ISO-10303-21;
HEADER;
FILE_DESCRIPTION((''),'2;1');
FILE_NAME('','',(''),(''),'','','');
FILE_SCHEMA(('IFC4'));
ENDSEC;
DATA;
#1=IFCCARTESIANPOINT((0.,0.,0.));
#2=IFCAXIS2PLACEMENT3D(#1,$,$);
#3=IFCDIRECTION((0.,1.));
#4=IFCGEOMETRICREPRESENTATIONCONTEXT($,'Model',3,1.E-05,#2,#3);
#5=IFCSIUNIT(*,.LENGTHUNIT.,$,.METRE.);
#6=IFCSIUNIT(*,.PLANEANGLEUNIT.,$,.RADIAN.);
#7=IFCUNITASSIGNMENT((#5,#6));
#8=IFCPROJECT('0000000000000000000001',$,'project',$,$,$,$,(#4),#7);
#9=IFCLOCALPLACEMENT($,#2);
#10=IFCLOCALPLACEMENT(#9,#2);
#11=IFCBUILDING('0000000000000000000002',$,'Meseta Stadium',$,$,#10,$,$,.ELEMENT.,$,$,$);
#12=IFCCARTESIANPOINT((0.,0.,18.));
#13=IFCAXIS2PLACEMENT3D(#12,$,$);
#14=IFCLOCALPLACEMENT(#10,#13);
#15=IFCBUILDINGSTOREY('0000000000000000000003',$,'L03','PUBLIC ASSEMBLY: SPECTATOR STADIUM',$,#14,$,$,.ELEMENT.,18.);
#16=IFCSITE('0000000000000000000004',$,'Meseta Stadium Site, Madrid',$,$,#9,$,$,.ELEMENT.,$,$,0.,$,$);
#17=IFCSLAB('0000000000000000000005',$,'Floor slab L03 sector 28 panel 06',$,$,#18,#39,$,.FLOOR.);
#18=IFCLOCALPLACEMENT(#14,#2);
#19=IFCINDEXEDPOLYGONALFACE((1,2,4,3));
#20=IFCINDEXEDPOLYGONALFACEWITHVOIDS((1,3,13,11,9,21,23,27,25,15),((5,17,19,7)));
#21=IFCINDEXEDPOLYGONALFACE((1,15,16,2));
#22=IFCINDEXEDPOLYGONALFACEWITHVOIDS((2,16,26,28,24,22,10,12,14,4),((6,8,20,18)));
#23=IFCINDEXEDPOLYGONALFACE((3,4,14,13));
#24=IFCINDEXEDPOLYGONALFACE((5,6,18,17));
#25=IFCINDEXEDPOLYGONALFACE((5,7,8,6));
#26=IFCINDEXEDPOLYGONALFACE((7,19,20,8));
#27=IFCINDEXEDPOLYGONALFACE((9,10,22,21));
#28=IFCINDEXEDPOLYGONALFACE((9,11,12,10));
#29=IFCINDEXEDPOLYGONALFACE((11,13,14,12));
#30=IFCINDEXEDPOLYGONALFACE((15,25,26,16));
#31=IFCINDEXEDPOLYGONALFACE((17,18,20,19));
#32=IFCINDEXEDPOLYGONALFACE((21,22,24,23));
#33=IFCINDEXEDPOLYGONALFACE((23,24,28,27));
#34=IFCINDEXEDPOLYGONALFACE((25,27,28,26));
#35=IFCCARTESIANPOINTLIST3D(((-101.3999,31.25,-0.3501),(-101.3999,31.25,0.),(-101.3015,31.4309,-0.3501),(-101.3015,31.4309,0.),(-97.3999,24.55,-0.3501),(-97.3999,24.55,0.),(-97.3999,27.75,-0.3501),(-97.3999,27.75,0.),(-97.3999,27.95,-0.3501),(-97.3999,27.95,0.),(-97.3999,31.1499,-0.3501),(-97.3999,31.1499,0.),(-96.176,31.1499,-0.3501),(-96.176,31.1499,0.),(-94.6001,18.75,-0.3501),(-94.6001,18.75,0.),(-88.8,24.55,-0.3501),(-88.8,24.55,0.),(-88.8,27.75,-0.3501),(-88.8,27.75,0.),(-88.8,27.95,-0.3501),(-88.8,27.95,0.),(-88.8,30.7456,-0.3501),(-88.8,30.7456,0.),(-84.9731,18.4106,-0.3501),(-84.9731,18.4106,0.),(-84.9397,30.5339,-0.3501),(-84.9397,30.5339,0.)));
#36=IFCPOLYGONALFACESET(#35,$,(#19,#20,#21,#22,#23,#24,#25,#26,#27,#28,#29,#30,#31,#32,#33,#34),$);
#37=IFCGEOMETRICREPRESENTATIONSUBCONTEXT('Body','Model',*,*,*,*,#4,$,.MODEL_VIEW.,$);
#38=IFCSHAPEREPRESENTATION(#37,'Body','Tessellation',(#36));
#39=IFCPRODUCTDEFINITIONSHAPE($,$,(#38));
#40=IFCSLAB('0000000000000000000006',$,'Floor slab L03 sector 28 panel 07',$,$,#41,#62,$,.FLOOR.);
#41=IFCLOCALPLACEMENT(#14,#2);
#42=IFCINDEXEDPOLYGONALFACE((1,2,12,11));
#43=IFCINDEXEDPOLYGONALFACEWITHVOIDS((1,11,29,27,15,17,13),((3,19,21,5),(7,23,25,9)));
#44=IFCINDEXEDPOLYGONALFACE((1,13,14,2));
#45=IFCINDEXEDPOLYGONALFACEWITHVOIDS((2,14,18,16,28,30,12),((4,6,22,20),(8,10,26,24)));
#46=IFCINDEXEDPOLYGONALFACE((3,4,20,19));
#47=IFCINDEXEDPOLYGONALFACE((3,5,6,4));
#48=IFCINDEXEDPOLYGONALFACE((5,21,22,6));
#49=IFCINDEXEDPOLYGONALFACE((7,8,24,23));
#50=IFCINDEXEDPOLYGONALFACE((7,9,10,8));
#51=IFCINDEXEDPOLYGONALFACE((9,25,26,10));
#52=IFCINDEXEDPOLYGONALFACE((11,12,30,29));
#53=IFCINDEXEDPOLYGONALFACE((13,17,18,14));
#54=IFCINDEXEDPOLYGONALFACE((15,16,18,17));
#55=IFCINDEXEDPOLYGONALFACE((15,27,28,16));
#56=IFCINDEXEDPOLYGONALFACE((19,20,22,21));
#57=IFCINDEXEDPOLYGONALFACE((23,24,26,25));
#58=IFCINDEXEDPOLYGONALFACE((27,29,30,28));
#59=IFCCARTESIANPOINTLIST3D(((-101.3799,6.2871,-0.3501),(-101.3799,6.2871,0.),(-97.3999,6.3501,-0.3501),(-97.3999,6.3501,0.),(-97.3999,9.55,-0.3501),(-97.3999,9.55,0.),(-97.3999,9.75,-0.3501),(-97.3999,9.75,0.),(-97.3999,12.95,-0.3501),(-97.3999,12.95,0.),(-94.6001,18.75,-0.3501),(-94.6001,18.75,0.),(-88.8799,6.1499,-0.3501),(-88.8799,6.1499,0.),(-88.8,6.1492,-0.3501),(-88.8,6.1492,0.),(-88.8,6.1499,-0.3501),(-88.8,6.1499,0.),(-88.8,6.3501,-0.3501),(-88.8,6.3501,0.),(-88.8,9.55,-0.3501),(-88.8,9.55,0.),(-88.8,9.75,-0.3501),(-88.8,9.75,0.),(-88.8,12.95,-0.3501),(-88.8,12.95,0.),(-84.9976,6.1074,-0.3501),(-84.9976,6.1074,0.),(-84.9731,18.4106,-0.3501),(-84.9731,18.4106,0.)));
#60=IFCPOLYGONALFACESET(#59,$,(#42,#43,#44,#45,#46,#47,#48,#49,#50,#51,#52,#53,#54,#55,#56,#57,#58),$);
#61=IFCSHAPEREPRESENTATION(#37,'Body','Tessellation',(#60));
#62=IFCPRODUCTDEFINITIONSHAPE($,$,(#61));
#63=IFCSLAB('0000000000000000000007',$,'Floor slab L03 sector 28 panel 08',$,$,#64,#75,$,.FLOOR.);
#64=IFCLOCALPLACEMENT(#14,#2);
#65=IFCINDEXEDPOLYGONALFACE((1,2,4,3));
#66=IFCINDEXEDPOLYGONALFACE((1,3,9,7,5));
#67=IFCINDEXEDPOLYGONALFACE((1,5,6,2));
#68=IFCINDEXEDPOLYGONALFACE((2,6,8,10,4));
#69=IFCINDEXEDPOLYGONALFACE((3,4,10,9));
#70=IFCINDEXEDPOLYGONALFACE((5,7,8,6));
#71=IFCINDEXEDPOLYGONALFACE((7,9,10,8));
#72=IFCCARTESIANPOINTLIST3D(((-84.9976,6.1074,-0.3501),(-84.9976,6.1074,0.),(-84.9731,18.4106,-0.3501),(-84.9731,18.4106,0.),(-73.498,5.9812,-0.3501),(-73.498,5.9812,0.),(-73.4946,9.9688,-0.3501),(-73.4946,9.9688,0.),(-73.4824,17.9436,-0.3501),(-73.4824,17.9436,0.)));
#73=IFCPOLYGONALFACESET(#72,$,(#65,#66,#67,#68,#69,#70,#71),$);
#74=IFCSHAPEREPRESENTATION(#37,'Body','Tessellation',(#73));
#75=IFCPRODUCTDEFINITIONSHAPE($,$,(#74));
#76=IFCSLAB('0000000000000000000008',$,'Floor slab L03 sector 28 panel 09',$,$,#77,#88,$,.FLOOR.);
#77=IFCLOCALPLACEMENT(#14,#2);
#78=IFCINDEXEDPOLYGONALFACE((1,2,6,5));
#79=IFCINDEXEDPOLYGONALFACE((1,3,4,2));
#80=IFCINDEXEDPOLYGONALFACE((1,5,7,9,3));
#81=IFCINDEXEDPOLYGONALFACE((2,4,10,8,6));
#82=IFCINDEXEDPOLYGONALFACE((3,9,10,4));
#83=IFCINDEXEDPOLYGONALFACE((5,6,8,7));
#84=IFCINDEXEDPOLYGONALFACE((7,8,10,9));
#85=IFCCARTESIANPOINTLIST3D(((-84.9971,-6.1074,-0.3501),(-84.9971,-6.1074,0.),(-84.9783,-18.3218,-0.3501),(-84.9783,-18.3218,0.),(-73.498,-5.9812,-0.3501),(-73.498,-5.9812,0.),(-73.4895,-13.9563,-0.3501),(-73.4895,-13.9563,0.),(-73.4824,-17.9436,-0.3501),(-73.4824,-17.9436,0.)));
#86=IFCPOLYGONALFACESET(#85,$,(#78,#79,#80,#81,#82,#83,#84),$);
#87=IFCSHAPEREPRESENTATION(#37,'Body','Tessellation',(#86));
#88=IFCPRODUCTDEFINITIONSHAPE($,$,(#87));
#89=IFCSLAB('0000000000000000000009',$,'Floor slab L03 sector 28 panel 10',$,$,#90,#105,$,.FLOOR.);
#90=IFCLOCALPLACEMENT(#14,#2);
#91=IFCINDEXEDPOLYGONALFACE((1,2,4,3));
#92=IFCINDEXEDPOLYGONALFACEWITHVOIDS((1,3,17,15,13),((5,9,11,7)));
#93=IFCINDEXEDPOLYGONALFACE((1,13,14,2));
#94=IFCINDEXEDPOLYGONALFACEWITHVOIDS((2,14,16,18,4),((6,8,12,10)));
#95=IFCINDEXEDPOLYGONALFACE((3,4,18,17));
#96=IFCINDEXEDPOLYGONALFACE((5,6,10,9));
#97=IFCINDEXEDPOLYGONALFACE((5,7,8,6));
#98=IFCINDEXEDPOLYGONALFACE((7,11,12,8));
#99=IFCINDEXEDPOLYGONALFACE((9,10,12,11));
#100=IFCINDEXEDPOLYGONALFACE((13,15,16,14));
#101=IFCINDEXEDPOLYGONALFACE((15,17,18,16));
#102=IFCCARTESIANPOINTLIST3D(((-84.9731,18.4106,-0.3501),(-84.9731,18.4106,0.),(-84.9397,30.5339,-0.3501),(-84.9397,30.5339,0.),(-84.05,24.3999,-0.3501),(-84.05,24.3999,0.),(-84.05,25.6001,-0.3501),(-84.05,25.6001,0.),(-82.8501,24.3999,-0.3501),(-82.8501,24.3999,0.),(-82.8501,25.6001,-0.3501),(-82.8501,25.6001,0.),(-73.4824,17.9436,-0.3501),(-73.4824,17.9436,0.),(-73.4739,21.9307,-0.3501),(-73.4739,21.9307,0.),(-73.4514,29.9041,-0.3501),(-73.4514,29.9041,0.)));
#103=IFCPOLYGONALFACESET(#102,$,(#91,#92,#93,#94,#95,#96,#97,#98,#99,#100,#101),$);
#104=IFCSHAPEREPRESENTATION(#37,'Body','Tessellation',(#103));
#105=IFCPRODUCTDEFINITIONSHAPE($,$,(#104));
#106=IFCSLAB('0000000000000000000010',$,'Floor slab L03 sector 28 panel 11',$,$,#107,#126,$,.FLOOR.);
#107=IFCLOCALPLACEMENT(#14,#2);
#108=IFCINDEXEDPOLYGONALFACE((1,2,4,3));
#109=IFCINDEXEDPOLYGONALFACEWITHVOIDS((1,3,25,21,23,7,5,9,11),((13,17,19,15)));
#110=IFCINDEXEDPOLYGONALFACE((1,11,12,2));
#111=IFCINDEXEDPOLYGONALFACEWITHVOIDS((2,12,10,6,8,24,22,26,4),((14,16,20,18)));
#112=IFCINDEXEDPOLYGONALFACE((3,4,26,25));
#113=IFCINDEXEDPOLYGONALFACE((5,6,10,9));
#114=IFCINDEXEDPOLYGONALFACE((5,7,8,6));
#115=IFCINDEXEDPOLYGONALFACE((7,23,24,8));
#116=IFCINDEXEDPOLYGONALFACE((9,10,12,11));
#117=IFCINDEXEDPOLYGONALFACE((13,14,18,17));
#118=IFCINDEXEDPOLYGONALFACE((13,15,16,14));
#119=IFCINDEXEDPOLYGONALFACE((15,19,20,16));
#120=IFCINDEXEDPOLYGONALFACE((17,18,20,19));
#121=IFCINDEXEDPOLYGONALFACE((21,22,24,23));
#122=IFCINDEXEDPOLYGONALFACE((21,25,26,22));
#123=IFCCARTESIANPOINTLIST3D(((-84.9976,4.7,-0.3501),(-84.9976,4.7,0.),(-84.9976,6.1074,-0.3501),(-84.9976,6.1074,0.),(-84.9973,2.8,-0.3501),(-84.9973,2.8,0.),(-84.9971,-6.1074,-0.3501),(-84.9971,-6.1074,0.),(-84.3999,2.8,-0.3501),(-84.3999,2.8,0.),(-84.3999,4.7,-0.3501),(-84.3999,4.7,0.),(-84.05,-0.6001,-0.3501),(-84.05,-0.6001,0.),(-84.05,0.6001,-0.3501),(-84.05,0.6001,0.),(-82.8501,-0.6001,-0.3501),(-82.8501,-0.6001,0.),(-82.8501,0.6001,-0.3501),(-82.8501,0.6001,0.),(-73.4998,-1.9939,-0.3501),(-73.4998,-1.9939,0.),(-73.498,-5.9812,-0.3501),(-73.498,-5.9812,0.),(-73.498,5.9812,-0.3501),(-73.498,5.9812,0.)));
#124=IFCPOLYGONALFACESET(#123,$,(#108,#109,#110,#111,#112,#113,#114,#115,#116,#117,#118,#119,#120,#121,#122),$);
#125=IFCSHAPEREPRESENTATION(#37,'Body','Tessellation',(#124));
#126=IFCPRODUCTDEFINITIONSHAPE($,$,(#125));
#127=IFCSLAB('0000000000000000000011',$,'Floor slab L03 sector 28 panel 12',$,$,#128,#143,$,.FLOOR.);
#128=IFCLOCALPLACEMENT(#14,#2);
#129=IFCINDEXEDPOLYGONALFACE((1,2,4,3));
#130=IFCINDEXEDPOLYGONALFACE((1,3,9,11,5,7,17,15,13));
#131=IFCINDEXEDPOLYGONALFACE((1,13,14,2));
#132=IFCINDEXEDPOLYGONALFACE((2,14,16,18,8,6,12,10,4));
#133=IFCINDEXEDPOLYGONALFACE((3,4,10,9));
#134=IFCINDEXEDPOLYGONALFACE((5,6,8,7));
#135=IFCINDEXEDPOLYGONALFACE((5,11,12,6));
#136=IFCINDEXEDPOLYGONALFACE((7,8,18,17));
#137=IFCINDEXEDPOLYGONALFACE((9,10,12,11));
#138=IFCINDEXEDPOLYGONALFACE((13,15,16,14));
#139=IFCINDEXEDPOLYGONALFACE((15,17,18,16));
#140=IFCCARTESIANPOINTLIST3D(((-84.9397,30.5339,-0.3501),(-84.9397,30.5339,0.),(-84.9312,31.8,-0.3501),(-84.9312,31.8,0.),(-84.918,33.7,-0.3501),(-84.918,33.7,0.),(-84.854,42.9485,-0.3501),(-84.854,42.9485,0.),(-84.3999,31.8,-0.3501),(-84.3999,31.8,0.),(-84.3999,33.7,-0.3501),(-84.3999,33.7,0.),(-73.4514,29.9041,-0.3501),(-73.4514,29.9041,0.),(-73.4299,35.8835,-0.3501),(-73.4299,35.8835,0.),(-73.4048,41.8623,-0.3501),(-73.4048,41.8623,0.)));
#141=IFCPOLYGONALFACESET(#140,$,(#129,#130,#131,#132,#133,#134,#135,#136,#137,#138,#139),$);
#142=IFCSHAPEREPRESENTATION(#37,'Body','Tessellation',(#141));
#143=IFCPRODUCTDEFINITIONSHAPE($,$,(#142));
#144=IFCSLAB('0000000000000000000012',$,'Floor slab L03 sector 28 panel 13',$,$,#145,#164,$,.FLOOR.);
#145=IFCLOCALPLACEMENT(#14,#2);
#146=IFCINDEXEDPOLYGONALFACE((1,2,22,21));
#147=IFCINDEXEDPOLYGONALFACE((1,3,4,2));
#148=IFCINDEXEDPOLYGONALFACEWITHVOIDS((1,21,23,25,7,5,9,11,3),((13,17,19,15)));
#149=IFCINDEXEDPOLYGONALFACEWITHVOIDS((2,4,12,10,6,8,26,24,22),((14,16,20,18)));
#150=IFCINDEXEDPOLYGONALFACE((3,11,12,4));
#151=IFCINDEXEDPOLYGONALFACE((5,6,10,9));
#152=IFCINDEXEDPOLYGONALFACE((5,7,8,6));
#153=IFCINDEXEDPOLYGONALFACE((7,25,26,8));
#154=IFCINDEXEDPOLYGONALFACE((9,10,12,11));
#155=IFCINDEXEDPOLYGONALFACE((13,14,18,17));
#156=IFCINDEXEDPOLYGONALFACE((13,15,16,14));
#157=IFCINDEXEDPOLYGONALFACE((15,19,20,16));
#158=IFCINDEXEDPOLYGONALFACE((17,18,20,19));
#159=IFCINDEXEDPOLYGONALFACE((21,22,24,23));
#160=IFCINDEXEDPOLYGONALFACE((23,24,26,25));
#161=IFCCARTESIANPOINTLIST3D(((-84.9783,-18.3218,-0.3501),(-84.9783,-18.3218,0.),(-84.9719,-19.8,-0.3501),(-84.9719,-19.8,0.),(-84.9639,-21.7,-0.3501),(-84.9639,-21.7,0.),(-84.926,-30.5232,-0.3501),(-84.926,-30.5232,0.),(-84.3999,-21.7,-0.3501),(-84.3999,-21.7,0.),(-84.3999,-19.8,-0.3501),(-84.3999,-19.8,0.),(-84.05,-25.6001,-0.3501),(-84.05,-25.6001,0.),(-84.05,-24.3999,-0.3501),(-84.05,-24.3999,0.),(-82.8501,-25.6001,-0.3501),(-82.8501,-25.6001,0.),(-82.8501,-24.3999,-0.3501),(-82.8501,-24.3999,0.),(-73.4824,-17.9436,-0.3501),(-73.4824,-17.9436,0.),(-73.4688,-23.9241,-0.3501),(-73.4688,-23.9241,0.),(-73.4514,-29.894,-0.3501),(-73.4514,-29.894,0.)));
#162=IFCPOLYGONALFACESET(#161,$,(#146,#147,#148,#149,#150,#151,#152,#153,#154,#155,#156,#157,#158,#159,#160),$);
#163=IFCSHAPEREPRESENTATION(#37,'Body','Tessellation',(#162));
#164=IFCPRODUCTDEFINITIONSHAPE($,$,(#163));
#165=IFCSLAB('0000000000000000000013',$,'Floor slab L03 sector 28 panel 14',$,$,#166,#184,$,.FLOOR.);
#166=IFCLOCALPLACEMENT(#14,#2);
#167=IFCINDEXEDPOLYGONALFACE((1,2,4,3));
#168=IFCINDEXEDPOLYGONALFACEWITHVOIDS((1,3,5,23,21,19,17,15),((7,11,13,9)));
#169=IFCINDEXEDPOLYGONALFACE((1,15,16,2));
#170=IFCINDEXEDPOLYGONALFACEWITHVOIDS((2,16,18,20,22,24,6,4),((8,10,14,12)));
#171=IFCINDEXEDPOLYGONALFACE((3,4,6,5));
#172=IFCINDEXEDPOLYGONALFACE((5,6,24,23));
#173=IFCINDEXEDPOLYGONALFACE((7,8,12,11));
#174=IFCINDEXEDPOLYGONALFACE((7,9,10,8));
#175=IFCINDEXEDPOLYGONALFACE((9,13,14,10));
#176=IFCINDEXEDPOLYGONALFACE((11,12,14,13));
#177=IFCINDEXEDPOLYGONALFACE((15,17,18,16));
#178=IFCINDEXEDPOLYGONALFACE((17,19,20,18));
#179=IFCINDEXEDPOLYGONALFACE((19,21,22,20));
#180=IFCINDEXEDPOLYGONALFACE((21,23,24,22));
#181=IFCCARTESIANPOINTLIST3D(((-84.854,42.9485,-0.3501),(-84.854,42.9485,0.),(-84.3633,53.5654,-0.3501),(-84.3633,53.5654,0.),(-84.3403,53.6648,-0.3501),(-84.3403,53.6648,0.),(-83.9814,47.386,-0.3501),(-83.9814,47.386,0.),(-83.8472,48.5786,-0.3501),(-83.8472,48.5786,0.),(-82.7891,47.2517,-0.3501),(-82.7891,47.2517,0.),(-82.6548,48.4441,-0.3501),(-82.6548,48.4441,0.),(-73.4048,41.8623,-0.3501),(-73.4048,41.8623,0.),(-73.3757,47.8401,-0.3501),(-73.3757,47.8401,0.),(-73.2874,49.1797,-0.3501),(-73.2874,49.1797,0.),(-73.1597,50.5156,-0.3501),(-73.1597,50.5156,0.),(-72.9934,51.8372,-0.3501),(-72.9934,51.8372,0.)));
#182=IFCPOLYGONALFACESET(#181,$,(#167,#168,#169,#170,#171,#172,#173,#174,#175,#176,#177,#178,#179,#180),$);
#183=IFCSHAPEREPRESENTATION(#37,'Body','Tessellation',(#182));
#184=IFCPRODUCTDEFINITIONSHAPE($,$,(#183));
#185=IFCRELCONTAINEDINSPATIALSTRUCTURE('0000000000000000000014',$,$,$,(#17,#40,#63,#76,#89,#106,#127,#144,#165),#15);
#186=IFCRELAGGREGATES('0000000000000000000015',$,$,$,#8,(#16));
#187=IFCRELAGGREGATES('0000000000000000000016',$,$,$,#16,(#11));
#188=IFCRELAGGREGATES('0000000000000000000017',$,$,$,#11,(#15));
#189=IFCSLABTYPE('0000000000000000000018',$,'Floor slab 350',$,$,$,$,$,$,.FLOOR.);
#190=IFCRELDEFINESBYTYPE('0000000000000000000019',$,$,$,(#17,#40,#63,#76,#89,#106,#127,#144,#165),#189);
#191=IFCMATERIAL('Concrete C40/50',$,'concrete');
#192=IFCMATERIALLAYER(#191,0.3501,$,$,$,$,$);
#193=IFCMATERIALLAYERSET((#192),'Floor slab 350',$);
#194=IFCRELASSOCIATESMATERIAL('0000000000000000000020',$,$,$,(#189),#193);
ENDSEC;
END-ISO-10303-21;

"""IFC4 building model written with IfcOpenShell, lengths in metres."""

from ifc_helpers import new_model, si_unit, direction, frame, origin, place, context, subcontext, project, spatial, polyline, outline, extrude, material, layer, layer_set, type_object, element, save


model = new_model("IFC4")

# Units and contexts
model_context = context("Model", 3, precision=1e-05, world=origin(), true_north=direction((0.0, 1.0)))
body_context = subcontext(model_context, "Body", "Model", "MODEL_VIEW")
ifc_project = project(units=[si_unit("LENGTHUNIT", "METRE"), si_unit("PLANEANGLEUNIT", "RADIAN")], contexts=[model_context])

# Site, building, storey
site_placement = place(None, origin())
site = spatial("IfcSite", under=ifc_project, at=site_placement, Name="Meseta Stadium Site, Madrid", CompositionType="ELEMENT", RefElevation=0.0)
building_placement = place(site_placement, origin())
building = spatial("IfcBuilding", under=site, at=building_placement, Name="Meseta Stadium", CompositionType="ELEMENT")
storey_placement = place(building_placement, frame((0.0, 0.0, 18.0)))
storey = spatial("IfcBuildingStorey", under=building, at=storey_placement, Name="L03", Description="PUBLIC ASSEMBLY: SPECTATOR STADIUM", CompositionType="ELEMENT", Elevation=18.0)

# Slabs
ifc_material = material(Name="Concrete C40/50", Category="concrete")
ifc_layer = layer(ifc_material, 0.3501)
ifc_layer_set = layer_set([ifc_layer], Name="Floor slab 350")
slab_type = type_object("IfcSlabType", Name="Floor slab 350", PredefinedType="FLOOR", material=ifc_layer_set)
slab_1_placement = place(storey_placement, frame((0.0, 0.0, -0.3501)))
element("IfcSlab", 1, at=slab_1_placement, inside=storey, type_object=slab_type, Name="Floor slab L03 sector 28 panel 06", PredefinedType="FLOOR", context=body_context, shape_type="SweptSolid", body=[
    extrude(outline(polyline([(-96.176, 31.1499), (-101.3015, 31.4309), (-101.3999, 31.25), (-94.6001, 18.75), (-84.9731, 18.4106), (-84.9397, 30.5339), (-88.8, 30.7456), (-88.8, 27.95), (-97.3999, 27.95), (-97.3999, 31.1499), (-96.176, 31.1499)]), holes=[polyline([(-97.3999, 27.75), (-88.8, 27.75), (-88.8, 24.55), (-97.3999, 24.55), (-97.3999, 27.75)])]), origin(), (0.0, 0.0, 1.0), 0.3501),
])
slab_2_placement = place(storey_placement, frame((0.0, 0.0, -0.3501)))
element("IfcSlab", 2, at=slab_2_placement, inside=storey, type_object=slab_type, Name="Floor slab L03 sector 28 panel 07", PredefinedType="FLOOR", context=body_context, shape_type="SweptSolid", body=[
    extrude(outline(polyline([(-88.8, 6.1499), (-88.8, 6.1492), (-84.9976, 6.1074), (-84.9731, 18.4106), (-94.6001, 18.75), (-101.3799, 6.2871), (-88.8799, 6.1499), (-88.8, 6.1499)]), holes=[polyline([(-88.8, 6.3501), (-97.3999, 6.3501), (-97.3999, 9.55), (-88.8, 9.55), (-88.8, 6.3501)]), polyline([(-88.8, 9.75), (-97.3999, 9.75), (-97.3999, 12.95), (-88.8, 12.95), (-88.8, 9.75)])]), origin(), (0.0, 0.0, 1.0), 0.3501),
])
slab_3_placement = place(storey_placement, frame((0.0, 0.0, -0.3501)))
element("IfcSlab", 3, at=slab_3_placement, inside=storey, type_object=slab_type, Name="Floor slab L03 sector 28 panel 08", PredefinedType="FLOOR", context=body_context, shape_type="SweptSolid", body=[
    extrude(outline(polyline([(-73.4824, 17.9436), (-84.9731, 18.4106), (-84.9976, 6.1074), (-73.498, 5.9812), (-73.4946, 9.9688), (-73.4824, 17.9436)])), origin(), (0.0, 0.0, 1.0), 0.3501),
])
slab_4_placement = place(storey_placement, frame((0.0, 0.0, -0.3501)))
element("IfcSlab", 4, at=slab_4_placement, inside=storey, type_object=slab_type, Name="Floor slab L03 sector 28 panel 09", PredefinedType="FLOOR", context=body_context, shape_type="SweptSolid", body=[
    extrude(outline(polyline([(-73.4824, -17.9436), (-73.4895, -13.9563), (-73.498, -5.9812), (-84.9971, -6.1074), (-84.9783, -18.3218), (-73.4824, -17.9436)])), origin(), (0.0, 0.0, 1.0), 0.3501),
])
slab_5_placement = place(storey_placement, frame((0.0, 0.0, -0.3501)))
element("IfcSlab", 5, at=slab_5_placement, inside=storey, type_object=slab_type, Name="Floor slab L03 sector 28 panel 10", PredefinedType="FLOOR", context=body_context, shape_type="SweptSolid", body=[
    extrude(outline(polyline([(-73.4514, 29.9041), (-84.9397, 30.5339), (-84.9731, 18.4106), (-73.4824, 17.9436), (-73.4739, 21.9307), (-73.4514, 29.9041)]), holes=[polyline([(-82.8501, 25.6001), (-82.8501, 24.3999), (-84.05, 24.3999), (-84.05, 25.6001), (-82.8501, 25.6001)])]), origin(), (0.0, 0.0, 1.0), 0.3501),
])
slab_6_placement = place(storey_placement, frame((0.0, 0.0, -0.3501)))
element("IfcSlab", 6, at=slab_6_placement, inside=storey, type_object=slab_type, Name="Floor slab L03 sector 28 panel 11", PredefinedType="FLOOR", context=body_context, shape_type="SweptSolid", body=[
    extrude(outline(polyline([(-73.498, 5.9812), (-84.9976, 6.1074), (-84.9976, 4.7), (-84.3999, 4.7), (-84.3999, 2.8), (-84.9973, 2.8), (-84.9971, -6.1074), (-73.498, -5.9812), (-73.4998, -1.9939), (-73.498, 5.9812)]), holes=[polyline([(-82.8501, -0.6001), (-84.05, -0.6001), (-84.05, 0.6001), (-82.8501, 0.6001), (-82.8501, -0.6001)])]), origin(), (0.0, 0.0, 1.0), 0.3501),
])
slab_7_placement = place(storey_placement, frame((0.0, 0.0, -0.3501)))
element("IfcSlab", 7, at=slab_7_placement, inside=storey, type_object=slab_type, Name="Floor slab L03 sector 28 panel 12", PredefinedType="FLOOR", context=body_context, shape_type="SweptSolid", body=[
    extrude(outline(polyline([(-73.4048, 41.8623), (-84.854, 42.9485), (-84.918, 33.7), (-84.3999, 33.7), (-84.3999, 31.8), (-84.9312, 31.8), (-84.9397, 30.5339), (-73.4514, 29.9041), (-73.4299, 35.8835), (-73.4048, 41.8623)])), origin(), (0.0, 0.0, 1.0), 0.3501),
])
slab_8_placement = place(storey_placement, frame((0.0, 0.0, -0.3501)))
element("IfcSlab", 8, at=slab_8_placement, inside=storey, type_object=slab_type, Name="Floor slab L03 sector 28 panel 13", PredefinedType="FLOOR", context=body_context, shape_type="SweptSolid", body=[
    extrude(outline(polyline([(-84.926, -30.5232), (-73.4514, -29.894), (-73.4688, -23.9241), (-73.4824, -17.9436), (-84.9783, -18.3218), (-84.9719, -19.8), (-84.3999, -19.8), (-84.3999, -21.7), (-84.9639, -21.7), (-84.926, -30.5232)]), holes=[polyline([(-82.8501, -24.3999), (-82.8501, -25.6001), (-84.05, -25.6001), (-84.05, -24.3999), (-82.8501, -24.3999)])]), origin(), (0.0, 0.0, 1.0), 0.3501),
])
slab_9_placement = place(storey_placement, frame((0.0, 0.0, -0.3501)))
element("IfcSlab", 9, at=slab_9_placement, inside=storey, type_object=slab_type, Name="Floor slab L03 sector 28 panel 14", PredefinedType="FLOOR", context=body_context, shape_type="SweptSolid", body=[
    extrude(outline(polyline([(-72.9934, 51.8372), (-84.3403, 53.6648), (-84.3633, 53.5654), (-84.854, 42.9485), (-73.4048, 41.8623), (-73.3757, 47.8401), (-73.2874, 49.1797), (-73.1597, 50.5156), (-72.9934, 51.8372)]), holes=[polyline([(-83.8472, 48.5786), (-82.6548, 48.4441), (-82.7891, 47.2517), (-83.9814, 47.386), (-83.8472, 48.5786)])]), origin(), (0.0, 0.0, 1.0), 0.3501),
])

save(model, "model.ifc")
